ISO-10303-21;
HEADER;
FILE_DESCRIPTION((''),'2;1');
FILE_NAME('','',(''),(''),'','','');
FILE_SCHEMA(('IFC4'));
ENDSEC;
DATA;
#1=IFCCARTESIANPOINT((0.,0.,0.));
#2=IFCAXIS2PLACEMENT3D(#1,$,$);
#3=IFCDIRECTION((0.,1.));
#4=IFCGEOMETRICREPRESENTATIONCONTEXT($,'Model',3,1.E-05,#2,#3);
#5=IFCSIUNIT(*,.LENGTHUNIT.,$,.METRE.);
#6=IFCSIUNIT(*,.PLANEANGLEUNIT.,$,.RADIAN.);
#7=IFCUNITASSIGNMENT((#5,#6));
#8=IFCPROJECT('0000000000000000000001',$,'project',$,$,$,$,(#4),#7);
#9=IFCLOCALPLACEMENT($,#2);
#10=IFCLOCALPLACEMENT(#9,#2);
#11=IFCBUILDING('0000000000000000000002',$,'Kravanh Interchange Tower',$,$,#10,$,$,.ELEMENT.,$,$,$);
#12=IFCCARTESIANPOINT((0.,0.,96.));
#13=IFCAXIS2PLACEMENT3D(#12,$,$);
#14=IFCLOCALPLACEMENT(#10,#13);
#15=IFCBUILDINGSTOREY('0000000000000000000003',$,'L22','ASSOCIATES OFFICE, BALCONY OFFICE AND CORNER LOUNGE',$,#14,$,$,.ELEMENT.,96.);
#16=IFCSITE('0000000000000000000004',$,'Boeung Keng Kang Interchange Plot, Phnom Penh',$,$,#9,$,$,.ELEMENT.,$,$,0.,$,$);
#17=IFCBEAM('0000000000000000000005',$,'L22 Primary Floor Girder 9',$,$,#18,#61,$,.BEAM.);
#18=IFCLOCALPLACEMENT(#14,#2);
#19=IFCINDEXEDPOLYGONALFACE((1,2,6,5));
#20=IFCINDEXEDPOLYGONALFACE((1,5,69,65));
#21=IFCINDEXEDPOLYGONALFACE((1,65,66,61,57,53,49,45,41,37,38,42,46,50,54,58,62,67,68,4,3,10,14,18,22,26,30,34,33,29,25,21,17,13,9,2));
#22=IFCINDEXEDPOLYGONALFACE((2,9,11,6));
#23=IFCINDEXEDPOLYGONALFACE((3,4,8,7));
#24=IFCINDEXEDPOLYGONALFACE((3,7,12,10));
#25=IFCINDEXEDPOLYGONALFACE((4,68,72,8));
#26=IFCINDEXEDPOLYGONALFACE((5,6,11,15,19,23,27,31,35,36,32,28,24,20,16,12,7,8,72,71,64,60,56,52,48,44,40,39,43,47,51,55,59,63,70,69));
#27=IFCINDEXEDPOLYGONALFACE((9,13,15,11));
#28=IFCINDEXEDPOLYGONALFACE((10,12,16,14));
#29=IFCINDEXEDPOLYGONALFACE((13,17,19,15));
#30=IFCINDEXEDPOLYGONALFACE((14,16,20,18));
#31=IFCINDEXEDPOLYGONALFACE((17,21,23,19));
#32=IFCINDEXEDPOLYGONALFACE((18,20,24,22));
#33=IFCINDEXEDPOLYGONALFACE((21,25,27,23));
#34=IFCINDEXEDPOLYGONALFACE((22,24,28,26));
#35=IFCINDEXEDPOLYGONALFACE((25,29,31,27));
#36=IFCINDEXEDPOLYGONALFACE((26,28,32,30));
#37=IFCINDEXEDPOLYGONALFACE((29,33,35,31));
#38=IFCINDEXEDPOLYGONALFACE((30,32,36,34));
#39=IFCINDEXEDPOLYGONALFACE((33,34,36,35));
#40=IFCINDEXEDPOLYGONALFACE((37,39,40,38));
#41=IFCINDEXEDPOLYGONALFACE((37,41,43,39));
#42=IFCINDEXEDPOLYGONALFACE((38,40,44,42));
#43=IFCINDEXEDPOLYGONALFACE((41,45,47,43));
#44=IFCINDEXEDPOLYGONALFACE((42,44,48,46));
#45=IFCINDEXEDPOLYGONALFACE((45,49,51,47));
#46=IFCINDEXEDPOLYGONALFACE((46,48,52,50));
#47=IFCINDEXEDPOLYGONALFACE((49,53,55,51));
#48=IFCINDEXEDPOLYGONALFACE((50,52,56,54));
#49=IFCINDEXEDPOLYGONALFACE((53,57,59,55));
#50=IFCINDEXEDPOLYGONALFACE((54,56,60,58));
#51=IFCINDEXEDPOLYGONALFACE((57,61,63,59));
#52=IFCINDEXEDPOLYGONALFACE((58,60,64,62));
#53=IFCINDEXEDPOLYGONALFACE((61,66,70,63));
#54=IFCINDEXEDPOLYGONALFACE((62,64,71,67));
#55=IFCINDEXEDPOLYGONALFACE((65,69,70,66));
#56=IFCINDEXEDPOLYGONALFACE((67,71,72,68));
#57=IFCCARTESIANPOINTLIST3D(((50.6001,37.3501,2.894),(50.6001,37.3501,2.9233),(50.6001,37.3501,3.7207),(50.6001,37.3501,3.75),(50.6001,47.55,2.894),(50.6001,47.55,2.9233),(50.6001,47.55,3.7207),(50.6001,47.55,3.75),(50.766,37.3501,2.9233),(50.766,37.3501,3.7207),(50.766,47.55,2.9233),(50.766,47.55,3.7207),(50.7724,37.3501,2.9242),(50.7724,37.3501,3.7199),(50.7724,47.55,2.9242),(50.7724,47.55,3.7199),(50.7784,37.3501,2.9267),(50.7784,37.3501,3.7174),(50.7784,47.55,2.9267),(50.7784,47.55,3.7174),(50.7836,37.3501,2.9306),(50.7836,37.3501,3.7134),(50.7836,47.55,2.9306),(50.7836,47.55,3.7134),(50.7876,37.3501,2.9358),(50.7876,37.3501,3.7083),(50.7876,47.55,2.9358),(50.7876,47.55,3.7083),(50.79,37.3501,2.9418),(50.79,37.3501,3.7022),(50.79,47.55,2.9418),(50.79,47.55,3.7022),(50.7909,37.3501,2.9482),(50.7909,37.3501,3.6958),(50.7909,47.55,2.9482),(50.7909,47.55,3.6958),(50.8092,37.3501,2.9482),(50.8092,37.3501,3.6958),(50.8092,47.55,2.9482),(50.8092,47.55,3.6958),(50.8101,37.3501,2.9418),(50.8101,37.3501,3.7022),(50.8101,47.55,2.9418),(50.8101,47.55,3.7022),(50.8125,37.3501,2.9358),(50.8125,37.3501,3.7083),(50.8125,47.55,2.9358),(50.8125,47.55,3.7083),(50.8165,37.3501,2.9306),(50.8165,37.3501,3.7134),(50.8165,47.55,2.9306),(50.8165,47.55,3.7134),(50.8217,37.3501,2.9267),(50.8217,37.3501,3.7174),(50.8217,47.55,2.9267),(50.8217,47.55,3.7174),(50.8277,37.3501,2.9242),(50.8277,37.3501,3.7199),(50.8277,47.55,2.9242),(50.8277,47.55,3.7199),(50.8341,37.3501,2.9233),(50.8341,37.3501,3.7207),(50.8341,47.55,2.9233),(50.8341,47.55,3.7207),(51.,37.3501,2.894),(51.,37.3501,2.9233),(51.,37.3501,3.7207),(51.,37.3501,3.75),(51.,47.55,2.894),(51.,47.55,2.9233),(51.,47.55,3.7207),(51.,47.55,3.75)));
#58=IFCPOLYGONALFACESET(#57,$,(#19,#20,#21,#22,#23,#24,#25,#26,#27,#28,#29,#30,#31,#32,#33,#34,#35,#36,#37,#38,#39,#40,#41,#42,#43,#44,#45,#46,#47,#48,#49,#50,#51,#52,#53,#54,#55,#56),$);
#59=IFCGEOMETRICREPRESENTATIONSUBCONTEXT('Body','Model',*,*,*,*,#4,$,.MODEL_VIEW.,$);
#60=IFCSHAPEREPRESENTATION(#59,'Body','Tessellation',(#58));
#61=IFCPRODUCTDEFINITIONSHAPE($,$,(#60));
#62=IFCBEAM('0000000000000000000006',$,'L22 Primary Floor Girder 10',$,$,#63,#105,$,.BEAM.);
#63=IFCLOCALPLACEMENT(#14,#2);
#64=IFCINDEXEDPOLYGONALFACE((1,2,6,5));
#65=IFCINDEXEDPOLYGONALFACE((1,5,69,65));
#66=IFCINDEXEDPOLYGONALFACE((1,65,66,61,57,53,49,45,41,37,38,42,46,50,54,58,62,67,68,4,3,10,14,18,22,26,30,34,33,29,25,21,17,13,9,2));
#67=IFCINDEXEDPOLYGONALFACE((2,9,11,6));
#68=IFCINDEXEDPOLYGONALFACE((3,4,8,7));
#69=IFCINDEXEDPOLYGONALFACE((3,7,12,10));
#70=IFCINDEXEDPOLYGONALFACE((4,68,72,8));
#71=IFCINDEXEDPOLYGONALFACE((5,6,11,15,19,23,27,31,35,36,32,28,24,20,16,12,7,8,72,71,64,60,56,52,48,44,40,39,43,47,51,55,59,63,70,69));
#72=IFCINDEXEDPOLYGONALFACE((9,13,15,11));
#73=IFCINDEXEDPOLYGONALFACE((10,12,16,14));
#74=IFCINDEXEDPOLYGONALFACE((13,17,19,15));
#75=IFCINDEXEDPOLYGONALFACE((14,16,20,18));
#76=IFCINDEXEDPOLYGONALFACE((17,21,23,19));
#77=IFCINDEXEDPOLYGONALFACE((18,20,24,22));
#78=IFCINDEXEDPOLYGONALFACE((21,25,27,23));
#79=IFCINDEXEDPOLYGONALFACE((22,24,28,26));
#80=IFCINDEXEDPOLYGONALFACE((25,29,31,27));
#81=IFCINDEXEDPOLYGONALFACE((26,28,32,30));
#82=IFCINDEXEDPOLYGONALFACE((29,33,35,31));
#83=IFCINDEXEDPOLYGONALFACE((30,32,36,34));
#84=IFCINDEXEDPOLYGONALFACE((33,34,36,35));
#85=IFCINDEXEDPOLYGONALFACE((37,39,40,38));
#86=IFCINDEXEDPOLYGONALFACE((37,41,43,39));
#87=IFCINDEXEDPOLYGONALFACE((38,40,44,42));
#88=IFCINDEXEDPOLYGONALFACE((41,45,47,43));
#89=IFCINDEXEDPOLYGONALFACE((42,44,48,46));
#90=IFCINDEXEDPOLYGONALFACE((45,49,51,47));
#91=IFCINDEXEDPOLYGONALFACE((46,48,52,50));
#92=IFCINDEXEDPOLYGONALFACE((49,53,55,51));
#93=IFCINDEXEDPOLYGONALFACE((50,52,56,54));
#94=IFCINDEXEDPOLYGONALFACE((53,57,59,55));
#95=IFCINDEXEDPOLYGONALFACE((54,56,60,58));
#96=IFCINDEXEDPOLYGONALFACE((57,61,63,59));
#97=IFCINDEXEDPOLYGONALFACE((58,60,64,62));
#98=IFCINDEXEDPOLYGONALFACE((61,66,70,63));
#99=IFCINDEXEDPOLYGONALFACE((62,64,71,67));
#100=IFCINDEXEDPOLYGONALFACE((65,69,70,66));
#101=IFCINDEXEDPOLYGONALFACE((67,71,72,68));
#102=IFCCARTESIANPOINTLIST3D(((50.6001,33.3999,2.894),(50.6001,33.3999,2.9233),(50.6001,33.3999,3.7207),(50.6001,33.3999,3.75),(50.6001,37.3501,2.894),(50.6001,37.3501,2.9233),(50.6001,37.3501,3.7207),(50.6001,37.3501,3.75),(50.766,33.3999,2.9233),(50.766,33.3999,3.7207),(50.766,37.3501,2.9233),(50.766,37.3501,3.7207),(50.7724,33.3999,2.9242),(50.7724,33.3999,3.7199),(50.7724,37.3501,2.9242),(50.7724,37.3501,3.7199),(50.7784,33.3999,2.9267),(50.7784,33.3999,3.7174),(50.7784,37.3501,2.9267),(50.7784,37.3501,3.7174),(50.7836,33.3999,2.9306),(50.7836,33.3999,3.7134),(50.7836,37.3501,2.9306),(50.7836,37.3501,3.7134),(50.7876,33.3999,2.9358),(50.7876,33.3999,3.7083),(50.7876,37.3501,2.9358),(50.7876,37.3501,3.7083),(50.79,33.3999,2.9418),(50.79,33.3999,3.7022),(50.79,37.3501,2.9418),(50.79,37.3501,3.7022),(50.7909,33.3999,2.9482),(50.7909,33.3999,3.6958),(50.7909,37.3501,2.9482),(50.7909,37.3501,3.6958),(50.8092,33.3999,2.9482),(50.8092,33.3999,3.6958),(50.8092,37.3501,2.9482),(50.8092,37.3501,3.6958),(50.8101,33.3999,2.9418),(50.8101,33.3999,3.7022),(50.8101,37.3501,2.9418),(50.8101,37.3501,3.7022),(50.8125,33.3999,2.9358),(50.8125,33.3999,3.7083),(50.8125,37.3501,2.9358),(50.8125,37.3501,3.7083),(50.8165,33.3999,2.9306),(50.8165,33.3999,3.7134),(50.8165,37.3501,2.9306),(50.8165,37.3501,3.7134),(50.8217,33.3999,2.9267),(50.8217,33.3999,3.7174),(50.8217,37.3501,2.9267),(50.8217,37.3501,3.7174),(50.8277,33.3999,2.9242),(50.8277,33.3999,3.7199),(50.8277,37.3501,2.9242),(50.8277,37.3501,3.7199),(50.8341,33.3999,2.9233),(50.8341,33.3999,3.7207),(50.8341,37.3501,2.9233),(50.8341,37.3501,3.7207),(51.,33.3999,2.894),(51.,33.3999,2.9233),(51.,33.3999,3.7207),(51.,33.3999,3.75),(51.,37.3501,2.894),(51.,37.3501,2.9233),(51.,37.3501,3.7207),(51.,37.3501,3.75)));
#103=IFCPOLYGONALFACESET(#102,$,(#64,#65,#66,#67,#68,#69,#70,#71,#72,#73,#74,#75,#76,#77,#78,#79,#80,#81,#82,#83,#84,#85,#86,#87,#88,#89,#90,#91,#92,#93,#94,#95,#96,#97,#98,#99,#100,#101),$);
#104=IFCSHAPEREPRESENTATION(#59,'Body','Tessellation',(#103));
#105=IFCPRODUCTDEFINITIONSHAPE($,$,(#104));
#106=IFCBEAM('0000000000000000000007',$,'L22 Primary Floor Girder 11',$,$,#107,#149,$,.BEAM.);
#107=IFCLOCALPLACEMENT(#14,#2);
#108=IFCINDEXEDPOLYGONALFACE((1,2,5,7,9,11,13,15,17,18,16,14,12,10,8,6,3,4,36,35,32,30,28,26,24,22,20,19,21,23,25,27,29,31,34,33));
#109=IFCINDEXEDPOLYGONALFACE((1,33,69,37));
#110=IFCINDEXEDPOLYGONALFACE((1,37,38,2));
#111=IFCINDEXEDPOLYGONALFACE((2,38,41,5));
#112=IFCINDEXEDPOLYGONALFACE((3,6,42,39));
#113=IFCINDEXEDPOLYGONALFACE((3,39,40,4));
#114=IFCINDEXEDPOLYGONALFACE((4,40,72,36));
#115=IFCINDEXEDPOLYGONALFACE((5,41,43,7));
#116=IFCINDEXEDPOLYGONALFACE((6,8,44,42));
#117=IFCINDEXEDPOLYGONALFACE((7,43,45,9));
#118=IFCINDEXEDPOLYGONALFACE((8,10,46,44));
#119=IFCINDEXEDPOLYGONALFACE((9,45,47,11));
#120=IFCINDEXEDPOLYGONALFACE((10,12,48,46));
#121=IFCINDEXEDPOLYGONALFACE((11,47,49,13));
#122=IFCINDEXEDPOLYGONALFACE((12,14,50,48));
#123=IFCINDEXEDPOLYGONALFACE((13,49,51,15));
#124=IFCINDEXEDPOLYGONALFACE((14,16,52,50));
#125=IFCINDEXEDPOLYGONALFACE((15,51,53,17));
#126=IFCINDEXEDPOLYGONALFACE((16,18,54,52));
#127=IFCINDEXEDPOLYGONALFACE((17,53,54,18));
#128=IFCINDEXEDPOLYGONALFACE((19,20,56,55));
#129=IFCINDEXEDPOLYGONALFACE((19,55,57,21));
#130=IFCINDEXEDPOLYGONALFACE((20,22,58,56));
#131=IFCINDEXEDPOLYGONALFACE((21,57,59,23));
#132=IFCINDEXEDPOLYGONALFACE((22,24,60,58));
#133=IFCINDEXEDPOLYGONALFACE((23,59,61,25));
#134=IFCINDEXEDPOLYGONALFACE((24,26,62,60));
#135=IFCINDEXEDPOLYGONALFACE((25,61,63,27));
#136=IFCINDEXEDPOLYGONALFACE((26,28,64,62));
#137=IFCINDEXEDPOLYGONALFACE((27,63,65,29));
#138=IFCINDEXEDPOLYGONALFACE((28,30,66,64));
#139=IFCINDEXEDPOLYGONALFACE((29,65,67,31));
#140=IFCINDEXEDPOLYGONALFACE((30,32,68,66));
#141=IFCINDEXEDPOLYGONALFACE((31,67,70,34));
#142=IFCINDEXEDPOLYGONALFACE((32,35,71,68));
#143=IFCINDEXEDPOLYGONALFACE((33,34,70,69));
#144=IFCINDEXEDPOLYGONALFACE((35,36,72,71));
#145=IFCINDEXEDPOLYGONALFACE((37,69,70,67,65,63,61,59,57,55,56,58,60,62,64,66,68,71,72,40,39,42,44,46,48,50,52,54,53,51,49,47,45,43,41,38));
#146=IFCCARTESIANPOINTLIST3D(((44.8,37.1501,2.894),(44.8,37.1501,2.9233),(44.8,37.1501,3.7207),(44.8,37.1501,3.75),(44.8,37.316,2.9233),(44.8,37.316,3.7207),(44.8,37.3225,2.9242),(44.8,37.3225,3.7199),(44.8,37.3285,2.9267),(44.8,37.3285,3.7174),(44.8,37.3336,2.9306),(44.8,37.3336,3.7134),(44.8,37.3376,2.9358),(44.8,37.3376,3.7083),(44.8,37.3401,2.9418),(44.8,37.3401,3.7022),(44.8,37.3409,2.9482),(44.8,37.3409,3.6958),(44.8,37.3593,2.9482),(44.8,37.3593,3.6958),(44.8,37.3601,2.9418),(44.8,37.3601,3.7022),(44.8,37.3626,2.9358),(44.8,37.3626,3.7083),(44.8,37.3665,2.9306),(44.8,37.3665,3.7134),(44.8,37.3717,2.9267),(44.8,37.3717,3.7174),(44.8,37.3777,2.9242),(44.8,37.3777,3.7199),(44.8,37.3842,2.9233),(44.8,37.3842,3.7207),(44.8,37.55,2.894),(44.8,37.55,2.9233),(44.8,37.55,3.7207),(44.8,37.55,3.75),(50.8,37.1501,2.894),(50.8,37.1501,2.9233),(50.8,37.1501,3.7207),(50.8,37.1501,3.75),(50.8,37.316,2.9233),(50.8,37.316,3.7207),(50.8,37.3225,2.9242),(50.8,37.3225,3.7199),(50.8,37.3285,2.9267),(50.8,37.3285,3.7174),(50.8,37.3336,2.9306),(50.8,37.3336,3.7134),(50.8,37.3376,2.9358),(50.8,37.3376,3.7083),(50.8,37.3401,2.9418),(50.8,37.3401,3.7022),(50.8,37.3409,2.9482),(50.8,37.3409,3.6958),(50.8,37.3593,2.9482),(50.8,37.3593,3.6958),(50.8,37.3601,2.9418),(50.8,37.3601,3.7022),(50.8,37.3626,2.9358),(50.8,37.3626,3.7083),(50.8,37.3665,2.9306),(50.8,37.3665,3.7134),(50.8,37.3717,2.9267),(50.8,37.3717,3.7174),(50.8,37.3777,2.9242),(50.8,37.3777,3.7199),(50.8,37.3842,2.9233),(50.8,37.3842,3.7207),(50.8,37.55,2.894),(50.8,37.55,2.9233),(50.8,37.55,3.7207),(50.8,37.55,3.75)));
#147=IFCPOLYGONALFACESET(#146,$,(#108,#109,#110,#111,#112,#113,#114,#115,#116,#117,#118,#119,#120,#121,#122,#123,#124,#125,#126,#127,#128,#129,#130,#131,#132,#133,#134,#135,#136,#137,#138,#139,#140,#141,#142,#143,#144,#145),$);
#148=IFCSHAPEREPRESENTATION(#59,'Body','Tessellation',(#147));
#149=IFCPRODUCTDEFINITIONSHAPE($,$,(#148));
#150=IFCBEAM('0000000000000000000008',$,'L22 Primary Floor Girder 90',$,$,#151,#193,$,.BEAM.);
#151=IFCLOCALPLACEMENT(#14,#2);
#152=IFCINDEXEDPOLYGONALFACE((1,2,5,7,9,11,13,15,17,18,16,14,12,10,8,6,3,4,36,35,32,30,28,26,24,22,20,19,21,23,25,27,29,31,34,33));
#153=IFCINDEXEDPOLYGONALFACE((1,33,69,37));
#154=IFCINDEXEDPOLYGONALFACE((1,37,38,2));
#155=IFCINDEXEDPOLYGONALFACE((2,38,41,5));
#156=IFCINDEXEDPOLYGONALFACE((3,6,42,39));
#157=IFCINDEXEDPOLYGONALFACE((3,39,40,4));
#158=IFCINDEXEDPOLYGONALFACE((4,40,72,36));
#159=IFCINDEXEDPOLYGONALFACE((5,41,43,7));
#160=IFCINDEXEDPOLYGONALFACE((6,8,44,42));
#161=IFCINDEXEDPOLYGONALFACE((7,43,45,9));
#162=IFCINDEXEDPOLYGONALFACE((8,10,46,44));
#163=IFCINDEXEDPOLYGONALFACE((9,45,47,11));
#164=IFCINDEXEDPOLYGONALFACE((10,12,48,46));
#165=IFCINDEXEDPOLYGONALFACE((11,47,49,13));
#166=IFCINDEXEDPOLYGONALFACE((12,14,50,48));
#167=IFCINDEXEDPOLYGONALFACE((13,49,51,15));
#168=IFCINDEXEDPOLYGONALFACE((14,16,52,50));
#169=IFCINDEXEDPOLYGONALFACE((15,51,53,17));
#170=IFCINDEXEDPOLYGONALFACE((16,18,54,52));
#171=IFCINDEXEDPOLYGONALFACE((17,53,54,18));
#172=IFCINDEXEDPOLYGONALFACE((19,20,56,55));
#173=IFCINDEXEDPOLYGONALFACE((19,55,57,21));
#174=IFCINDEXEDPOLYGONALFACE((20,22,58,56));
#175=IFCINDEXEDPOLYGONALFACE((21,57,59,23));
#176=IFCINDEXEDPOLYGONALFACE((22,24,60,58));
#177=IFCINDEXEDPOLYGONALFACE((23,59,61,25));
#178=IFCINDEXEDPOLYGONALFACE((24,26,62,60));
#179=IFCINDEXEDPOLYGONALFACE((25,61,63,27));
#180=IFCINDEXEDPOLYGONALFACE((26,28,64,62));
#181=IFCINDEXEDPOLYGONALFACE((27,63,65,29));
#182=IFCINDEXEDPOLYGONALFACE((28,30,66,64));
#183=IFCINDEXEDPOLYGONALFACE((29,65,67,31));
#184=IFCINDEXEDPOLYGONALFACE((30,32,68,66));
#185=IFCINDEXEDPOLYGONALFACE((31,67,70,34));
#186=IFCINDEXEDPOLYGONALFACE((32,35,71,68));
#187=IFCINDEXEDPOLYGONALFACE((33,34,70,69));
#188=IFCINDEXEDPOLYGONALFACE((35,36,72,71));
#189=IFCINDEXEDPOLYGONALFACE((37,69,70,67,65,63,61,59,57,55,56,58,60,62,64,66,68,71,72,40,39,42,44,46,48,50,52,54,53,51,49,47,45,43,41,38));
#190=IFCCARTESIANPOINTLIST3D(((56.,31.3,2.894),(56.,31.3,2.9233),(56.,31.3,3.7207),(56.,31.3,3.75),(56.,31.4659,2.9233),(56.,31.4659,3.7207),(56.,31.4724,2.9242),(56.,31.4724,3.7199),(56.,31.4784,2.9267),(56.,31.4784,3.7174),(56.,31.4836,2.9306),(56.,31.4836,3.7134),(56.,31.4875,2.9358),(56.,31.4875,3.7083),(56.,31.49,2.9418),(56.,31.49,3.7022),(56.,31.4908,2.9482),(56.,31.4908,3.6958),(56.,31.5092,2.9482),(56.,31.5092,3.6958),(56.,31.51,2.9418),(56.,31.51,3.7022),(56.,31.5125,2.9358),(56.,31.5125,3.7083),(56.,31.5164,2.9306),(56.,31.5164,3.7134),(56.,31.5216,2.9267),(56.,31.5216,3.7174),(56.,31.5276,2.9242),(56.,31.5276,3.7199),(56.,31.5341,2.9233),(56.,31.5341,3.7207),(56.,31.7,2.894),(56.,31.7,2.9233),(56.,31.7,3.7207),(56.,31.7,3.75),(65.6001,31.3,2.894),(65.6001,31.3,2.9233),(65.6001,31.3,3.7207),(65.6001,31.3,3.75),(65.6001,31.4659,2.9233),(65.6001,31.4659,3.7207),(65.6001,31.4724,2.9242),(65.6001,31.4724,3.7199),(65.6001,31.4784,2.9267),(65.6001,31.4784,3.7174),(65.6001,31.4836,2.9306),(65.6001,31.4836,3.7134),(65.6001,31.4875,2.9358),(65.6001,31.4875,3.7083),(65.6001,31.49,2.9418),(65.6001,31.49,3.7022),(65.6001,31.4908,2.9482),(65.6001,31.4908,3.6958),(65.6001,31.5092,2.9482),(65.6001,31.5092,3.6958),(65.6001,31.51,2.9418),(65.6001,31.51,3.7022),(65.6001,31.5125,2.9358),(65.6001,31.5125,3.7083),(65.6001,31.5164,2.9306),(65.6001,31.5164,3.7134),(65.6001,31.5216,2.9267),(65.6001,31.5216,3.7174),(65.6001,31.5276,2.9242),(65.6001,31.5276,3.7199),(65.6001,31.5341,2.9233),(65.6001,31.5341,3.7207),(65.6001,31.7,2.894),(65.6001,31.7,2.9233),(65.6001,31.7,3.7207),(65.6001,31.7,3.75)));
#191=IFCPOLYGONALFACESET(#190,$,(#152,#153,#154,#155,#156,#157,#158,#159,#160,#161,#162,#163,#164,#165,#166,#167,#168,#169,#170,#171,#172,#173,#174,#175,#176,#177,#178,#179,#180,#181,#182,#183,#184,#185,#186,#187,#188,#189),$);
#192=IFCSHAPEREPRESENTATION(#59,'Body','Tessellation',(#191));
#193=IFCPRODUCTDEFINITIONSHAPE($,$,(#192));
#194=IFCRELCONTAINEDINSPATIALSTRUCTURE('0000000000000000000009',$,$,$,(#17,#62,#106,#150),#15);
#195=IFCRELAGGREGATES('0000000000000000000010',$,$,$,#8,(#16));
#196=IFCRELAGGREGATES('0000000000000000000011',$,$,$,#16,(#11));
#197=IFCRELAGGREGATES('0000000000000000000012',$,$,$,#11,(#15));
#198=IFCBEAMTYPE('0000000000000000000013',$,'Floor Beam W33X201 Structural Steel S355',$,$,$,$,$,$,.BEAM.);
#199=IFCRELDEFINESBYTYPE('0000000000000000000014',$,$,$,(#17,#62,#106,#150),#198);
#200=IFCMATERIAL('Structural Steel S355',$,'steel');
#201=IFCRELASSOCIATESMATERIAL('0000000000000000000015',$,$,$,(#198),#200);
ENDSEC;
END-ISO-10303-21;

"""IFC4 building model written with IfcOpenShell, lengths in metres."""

from ifc_helpers import new_model, si_unit, direction, frame, origin, origin_2d, place, context, subcontext, project, spatial, i_section, extrude, material, material_profile, profile_set, type_object, element, save


model = new_model("IFC4")

# Units and contexts
model_context = context("Model", 3, precision=1e-05, world=origin(), true_north=direction((0.0, 1.0)))
body_context = subcontext(model_context, "Body", "Model", "MODEL_VIEW")
ifc_project = project(units=[si_unit("LENGTHUNIT", "METRE"), si_unit("PLANEANGLEUNIT", "RADIAN")], contexts=[model_context])

# Site, building, storey
site_placement = place(None, origin())
site = spatial("IfcSite", under=ifc_project, at=site_placement, Name="Boeung Keng Kang Interchange Plot, Phnom Penh", CompositionType="ELEMENT", RefElevation=0.0)
building_placement = place(site_placement, origin())
building = spatial("IfcBuilding", under=site, at=building_placement, Name="Kravanh Interchange Tower", CompositionType="ELEMENT")
storey_placement = place(building_placement, frame((0.0, 0.0, 96.0)))
storey = spatial("IfcBuildingStorey", under=building, at=storey_placement, Name="L22", Description="ASSOCIATES OFFICE, BALCONY OFFICE AND CORNER LOUNGE", CompositionType="ELEMENT", Elevation=96.0)

# Beams
ifc_material_1 = material(Name="Structural Steel S355", Category="steel")
ifc_material_profile_1 = material_profile(ifc_material_1, i_section(OverallWidth=0.3999, OverallDepth=0.856, WebThickness=0.0183, FlangeThickness=0.0293, FilletRadius=0.0249, at=origin_2d()), Name="W33X201")
ifc_profile_set_1 = profile_set([ifc_material_profile_1], Name="Structural Steel S355")
beam_type_1 = type_object("IfcBeamType", Name="Floor Beam W33X201 Structural Steel S355", PredefinedType="BEAM", material=ifc_profile_set_1)
beam_1_placement = place(storey_placement, frame((50.8, 47.55, 3.322), z_axis=(0.0, -1.0, 0.0), x_axis=(1.0, 0.0, 0.0)))
element("IfcBeam", 1, at=beam_1_placement, inside=storey, type_object=beam_type_1, Name="L22 Primary Floor Girder 9", PredefinedType="BEAM", context=body_context, shape_type="SweptSolid", body=[
    extrude(i_section(OverallWidth=0.3999, OverallDepth=0.856, WebThickness=0.0183, FlangeThickness=0.0293, FilletRadius=0.0249, at=origin_2d()), origin(), (0.0, 0.0, 1.0), 10.2),
])
beam_2_placement = place(storey_placement, frame((50.8, 37.3501, 3.322), z_axis=(0.0, -1.0, 0.0), x_axis=(1.0, 0.0, 0.0)))
element("IfcBeam", 2, at=beam_2_placement, inside=storey, type_object=beam_type_1, Name="L22 Primary Floor Girder 10", PredefinedType="BEAM", context=body_context, shape_type="SweptSolid", body=[
    extrude(i_section(OverallWidth=0.3999, OverallDepth=0.856, WebThickness=0.0183, FlangeThickness=0.0293, FilletRadius=0.0249, at=origin_2d()), origin(), (0.0, 0.0, 1.0), 3.9502),
])
beam_3_placement = place(storey_placement, frame((50.8, 37.3501, 3.322), z_axis=(-1.0, 0.0, 0.0), x_axis=(0.0, -1.0, 0.0)))
element("IfcBeam", 3, at=beam_3_placement, inside=storey, type_object=beam_type_1, Name="L22 Primary Floor Girder 11", PredefinedType="BEAM", context=body_context, shape_type="SweptSolid", body=[
    extrude(i_section(OverallWidth=0.3999, OverallDepth=0.856, WebThickness=0.0183, FlangeThickness=0.0293, FilletRadius=0.0249, at=origin_2d()), origin(), (0.0, 0.0, 1.0), 6.0),
])
beam_4_placement = place(storey_placement, frame((56.0, 31.5, 3.322), z_axis=(1.0, 0.0, 0.0), x_axis=(0.0, 1.0, 0.0)))
element("IfcBeam", 4, at=beam_4_placement, inside=storey, type_object=beam_type_1, Name="L22 Primary Floor Girder 90", PredefinedType="BEAM", context=body_context, shape_type="SweptSolid", body=[
    extrude(i_section(OverallWidth=0.3999, OverallDepth=0.856, WebThickness=0.0183, FlangeThickness=0.0293, FilletRadius=0.0249, at=origin_2d()), origin(), (0.0, 0.0, 1.0), 9.6001),
])

save(model, "model.ifc")
